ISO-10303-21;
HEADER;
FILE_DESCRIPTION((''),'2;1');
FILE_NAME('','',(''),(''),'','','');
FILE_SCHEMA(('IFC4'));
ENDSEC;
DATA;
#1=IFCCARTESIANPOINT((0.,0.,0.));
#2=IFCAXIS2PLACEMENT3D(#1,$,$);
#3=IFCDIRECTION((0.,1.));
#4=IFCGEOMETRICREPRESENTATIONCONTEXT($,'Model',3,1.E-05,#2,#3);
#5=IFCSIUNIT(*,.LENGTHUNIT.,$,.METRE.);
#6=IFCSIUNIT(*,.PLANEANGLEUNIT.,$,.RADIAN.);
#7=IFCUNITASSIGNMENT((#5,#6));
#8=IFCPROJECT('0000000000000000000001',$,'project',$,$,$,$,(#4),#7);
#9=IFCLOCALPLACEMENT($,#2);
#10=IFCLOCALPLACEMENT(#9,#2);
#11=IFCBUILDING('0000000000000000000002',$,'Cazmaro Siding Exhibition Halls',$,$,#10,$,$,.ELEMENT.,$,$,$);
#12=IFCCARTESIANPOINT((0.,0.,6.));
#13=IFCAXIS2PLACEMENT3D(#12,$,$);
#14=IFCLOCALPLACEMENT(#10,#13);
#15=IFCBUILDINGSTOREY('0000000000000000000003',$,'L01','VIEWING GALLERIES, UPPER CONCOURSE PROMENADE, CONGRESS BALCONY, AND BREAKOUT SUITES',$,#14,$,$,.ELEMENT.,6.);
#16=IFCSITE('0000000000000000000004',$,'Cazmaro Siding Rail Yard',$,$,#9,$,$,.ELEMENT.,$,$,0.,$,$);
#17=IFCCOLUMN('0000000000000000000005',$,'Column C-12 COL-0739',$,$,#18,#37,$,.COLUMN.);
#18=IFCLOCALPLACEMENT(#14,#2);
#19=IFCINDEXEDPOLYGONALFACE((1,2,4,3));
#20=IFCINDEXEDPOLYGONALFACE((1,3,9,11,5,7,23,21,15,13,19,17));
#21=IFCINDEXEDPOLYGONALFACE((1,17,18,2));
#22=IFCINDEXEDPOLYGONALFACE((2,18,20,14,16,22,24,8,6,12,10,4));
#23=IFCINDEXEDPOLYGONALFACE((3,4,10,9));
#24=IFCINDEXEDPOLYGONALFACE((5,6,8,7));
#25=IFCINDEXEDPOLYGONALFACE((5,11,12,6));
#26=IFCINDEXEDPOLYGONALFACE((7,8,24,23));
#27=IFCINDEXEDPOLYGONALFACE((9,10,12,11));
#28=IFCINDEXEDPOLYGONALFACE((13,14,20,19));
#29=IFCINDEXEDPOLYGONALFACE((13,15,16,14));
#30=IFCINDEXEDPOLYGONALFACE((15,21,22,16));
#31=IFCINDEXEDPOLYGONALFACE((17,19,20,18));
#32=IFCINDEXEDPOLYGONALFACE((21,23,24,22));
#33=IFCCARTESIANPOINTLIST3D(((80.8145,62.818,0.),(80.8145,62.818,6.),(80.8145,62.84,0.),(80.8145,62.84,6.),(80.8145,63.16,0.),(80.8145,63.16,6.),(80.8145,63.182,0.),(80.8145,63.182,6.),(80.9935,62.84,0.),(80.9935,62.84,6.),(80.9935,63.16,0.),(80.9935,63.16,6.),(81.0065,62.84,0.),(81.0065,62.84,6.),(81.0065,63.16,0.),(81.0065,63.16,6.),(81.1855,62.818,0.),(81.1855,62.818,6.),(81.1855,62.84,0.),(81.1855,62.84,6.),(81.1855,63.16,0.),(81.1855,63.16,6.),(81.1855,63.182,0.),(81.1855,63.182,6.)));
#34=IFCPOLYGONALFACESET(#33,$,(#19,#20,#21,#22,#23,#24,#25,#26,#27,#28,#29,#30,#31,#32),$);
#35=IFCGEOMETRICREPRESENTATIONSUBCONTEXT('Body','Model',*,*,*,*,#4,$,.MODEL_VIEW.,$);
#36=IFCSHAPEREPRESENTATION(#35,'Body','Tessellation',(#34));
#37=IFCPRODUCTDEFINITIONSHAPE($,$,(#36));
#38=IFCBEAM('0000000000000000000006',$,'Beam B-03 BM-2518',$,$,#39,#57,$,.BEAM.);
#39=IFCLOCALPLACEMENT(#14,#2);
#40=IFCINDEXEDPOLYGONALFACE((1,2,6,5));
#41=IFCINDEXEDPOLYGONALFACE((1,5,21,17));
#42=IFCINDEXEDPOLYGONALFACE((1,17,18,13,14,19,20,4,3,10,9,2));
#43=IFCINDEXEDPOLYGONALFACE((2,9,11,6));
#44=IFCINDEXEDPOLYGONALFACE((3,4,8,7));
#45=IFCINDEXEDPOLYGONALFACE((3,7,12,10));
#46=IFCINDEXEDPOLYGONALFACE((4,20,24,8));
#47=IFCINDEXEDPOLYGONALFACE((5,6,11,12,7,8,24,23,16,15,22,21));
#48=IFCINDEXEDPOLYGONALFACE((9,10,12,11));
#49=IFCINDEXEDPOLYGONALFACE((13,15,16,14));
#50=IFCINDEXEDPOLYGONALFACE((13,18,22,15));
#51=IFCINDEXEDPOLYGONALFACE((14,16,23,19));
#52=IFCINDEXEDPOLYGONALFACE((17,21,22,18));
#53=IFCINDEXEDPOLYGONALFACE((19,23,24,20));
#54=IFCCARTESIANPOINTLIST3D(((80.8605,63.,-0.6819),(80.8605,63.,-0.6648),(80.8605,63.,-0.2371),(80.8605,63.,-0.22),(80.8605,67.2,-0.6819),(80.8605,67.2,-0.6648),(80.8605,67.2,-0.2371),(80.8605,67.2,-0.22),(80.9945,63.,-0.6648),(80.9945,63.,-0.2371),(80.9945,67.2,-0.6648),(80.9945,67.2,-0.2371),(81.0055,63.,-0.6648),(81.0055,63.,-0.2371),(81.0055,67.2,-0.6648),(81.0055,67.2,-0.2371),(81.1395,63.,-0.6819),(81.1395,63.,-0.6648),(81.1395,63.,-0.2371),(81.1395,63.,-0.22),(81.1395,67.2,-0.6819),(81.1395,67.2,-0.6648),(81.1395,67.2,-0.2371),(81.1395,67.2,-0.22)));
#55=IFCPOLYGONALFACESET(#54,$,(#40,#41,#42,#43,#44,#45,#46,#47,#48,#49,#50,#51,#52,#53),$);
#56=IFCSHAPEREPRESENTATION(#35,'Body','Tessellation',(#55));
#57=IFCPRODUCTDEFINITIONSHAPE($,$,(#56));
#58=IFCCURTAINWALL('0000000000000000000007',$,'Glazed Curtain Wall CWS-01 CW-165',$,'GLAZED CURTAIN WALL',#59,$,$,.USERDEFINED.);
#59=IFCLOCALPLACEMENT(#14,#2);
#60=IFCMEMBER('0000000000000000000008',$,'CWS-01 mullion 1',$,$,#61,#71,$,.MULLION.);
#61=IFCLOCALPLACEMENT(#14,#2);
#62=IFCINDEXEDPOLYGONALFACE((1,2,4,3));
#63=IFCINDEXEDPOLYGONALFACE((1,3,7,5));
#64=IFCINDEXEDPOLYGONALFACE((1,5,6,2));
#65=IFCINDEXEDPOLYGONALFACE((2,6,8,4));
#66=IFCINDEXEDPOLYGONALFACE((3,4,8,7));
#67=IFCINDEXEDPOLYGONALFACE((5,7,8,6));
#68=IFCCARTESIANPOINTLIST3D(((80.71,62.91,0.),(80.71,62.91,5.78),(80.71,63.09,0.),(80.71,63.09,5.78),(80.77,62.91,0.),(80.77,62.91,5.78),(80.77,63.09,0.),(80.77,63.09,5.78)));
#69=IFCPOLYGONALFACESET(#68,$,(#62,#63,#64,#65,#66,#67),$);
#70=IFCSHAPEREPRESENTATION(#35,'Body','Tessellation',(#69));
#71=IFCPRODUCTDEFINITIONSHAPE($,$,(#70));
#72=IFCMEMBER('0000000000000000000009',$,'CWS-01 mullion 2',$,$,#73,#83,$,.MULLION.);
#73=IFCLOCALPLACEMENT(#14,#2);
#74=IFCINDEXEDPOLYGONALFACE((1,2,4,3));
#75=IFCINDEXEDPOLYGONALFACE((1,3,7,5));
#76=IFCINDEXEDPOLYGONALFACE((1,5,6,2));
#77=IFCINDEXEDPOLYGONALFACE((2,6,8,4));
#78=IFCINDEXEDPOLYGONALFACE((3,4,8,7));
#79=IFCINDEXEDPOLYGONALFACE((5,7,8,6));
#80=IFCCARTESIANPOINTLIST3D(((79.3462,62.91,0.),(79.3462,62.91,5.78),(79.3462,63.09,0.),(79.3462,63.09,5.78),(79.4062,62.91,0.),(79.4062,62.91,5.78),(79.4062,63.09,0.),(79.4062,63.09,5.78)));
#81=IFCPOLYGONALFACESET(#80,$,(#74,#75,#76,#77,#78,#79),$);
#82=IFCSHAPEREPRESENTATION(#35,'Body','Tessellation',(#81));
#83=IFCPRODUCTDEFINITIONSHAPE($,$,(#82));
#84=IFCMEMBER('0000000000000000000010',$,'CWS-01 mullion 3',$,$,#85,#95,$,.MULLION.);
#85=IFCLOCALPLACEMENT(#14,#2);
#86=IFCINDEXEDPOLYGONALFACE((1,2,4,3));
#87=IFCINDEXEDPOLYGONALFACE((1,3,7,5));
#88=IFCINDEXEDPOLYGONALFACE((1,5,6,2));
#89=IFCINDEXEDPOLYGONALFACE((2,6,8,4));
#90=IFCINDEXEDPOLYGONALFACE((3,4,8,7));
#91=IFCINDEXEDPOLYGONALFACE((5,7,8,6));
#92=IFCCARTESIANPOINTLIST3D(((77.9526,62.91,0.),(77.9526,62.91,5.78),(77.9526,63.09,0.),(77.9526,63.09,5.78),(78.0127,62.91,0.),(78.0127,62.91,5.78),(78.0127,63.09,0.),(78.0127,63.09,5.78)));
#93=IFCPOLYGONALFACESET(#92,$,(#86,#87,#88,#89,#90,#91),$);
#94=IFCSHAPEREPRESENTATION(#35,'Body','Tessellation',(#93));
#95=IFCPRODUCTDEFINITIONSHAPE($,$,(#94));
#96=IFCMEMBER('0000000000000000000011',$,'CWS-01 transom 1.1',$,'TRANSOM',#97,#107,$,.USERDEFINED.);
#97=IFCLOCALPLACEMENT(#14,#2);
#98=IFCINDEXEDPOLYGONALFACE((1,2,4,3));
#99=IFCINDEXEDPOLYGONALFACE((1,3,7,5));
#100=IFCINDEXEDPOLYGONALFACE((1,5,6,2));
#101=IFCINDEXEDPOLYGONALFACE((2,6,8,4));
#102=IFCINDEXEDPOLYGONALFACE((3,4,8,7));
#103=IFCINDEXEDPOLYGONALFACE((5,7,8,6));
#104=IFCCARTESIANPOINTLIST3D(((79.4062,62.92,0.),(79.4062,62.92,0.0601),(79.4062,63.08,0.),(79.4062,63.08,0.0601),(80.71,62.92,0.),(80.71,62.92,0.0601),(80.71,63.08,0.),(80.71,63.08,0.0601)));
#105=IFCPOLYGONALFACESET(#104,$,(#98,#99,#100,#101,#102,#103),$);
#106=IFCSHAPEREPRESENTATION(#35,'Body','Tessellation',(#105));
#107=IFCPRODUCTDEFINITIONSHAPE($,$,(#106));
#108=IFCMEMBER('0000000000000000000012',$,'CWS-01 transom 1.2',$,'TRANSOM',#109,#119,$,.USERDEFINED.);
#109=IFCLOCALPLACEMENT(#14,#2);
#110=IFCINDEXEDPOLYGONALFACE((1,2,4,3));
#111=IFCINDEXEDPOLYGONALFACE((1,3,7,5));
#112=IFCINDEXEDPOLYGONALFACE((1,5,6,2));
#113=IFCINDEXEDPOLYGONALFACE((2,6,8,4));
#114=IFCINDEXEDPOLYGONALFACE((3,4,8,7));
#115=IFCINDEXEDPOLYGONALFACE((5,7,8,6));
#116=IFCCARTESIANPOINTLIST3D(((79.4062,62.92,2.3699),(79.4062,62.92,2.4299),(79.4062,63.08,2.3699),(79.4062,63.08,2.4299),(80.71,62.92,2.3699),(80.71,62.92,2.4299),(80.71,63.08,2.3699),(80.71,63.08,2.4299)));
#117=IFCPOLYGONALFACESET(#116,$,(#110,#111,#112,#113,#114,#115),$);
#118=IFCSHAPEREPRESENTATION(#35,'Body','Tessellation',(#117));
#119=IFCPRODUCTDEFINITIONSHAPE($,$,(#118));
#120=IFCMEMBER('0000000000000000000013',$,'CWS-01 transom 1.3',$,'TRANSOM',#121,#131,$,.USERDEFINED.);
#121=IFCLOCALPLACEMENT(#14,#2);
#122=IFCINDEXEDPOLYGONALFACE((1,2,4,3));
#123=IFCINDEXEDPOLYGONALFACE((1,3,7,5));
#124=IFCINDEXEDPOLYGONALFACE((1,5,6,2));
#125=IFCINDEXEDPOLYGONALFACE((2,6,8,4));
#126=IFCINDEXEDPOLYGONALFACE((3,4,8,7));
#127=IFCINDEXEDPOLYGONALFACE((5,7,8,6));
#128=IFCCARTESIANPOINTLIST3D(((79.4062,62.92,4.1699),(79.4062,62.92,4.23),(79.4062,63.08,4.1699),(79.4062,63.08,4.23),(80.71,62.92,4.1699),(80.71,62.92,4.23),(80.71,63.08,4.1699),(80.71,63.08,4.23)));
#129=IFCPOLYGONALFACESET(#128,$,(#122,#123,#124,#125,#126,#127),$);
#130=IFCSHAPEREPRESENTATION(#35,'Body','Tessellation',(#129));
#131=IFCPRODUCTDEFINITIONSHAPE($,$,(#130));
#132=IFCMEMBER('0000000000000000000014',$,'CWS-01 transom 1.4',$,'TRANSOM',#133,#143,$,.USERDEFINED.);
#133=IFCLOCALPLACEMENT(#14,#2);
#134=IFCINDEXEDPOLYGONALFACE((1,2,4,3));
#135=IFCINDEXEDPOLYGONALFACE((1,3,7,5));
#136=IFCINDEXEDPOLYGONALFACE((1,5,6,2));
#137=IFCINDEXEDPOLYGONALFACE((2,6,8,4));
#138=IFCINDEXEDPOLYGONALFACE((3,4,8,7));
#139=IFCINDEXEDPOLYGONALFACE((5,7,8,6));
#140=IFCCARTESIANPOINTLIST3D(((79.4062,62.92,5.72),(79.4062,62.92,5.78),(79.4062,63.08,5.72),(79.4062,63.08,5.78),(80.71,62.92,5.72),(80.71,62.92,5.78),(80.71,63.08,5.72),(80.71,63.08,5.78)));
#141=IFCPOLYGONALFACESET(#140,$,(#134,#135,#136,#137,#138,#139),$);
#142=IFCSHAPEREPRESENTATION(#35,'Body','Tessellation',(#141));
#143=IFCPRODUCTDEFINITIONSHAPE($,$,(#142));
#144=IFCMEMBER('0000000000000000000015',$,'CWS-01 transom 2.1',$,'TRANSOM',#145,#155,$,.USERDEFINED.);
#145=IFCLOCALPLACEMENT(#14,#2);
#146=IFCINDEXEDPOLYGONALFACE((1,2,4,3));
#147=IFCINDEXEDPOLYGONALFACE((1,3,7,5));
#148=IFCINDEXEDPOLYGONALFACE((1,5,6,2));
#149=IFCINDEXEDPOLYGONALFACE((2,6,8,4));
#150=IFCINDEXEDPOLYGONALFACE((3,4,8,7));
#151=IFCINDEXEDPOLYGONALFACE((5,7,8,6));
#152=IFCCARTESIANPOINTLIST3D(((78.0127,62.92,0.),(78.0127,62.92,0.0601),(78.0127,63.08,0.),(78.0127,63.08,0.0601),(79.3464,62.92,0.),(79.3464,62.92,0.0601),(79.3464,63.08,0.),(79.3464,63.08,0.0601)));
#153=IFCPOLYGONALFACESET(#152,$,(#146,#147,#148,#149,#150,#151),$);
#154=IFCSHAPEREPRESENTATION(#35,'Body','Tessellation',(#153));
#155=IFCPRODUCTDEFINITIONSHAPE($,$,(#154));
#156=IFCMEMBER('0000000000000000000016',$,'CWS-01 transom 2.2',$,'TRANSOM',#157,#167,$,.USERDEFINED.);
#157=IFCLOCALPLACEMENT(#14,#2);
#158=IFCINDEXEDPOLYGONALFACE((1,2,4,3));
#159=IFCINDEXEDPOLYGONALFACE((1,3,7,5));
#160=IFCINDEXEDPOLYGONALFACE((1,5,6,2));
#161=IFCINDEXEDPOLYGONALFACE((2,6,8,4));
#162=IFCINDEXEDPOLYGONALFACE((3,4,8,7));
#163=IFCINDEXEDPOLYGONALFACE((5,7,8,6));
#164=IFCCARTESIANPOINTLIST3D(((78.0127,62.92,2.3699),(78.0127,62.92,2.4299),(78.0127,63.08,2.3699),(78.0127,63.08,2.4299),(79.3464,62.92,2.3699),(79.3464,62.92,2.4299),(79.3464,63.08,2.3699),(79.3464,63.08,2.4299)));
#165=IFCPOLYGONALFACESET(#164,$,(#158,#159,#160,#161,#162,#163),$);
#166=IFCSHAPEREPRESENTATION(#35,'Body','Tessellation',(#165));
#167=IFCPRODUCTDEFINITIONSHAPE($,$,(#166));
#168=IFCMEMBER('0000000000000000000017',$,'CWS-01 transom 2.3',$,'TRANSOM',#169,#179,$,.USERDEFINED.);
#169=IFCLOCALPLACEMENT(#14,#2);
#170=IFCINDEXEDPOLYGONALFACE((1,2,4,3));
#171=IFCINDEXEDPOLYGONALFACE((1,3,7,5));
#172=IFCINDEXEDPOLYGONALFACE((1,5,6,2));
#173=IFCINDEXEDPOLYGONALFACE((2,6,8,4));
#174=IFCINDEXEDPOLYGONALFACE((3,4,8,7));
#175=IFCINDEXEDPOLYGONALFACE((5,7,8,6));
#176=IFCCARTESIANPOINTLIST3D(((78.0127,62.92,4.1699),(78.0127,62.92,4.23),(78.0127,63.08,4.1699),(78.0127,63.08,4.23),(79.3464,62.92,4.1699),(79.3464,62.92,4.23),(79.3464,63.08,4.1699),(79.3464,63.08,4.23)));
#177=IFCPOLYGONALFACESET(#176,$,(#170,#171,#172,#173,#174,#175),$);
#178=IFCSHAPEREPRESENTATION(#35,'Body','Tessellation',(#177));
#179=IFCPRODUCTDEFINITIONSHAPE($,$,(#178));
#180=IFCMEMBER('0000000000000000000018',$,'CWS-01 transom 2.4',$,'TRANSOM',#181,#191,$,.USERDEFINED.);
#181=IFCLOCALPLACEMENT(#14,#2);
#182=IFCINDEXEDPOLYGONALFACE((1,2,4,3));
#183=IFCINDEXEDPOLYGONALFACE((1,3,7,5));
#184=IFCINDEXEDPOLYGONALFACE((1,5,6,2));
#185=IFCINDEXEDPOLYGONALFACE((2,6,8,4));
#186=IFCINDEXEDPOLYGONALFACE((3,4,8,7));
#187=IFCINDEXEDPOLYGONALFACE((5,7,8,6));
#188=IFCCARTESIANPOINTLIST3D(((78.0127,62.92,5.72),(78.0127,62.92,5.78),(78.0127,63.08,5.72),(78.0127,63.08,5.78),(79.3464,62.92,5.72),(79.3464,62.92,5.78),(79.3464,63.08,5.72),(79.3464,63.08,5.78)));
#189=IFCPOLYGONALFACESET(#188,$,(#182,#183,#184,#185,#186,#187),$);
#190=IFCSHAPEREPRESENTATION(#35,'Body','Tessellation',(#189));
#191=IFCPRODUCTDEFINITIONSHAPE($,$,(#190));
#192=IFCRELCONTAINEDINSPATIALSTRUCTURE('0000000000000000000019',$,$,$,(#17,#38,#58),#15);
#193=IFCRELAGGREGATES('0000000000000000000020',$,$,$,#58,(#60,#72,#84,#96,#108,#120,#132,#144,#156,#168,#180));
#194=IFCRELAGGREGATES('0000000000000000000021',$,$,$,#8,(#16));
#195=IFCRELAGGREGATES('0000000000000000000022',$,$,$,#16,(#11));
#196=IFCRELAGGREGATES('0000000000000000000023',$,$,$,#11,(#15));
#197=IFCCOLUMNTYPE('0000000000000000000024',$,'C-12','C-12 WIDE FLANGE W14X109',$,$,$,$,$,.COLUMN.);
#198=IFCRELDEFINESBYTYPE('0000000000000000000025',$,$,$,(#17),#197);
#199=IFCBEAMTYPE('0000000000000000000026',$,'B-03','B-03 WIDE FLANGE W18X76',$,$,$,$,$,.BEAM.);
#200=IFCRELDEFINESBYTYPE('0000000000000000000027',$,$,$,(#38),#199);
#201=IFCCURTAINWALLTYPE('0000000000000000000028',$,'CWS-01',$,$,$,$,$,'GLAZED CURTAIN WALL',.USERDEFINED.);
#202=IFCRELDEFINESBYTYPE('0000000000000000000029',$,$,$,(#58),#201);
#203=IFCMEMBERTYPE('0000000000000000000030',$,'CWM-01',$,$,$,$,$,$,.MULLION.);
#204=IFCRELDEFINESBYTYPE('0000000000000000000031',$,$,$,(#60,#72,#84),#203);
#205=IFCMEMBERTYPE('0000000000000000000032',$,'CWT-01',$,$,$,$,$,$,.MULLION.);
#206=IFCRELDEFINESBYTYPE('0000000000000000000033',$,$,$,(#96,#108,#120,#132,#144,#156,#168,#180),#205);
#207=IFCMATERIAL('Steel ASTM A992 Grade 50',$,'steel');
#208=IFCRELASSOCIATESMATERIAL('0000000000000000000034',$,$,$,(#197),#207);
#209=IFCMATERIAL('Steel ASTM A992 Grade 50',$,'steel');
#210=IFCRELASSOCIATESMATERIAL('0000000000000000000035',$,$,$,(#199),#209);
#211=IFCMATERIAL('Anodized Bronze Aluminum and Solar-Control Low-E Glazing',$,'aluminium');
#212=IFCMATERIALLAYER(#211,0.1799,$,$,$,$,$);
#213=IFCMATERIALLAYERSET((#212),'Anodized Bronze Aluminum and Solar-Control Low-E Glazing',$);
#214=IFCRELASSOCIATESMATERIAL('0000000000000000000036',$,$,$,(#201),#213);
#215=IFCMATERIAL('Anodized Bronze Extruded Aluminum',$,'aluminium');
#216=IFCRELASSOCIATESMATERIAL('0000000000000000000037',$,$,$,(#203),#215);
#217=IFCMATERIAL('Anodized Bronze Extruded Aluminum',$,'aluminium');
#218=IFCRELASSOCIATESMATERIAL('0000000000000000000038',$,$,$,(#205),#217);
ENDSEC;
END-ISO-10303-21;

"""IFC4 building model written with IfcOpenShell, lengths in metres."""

from ifc_helpers import new_model, si_unit, direction, frame, origin, origin_2d, place, context, subcontext, project, spatial, rectangle, i_section, extrude, material, layer, layer_set, material_profile, profile_set, type_object, element, aggregate, save


model = new_model("IFC4")

# Units and contexts
model_context = context("Model", 3, precision=1e-05, world=origin(), true_north=direction((0.0, 1.0)))
body_context = subcontext(model_context, "Body", "Model", "MODEL_VIEW")
ifc_project = project(units=[si_unit("LENGTHUNIT", "METRE"), si_unit("PLANEANGLEUNIT", "RADIAN")], contexts=[model_context])

# Site, building, storey
site_placement = place(None, origin())
site = spatial("IfcSite", under=ifc_project, at=site_placement, Name="Cazmaro Siding Rail Yard", CompositionType="ELEMENT", RefElevation=0.0)
building_placement = place(site_placement, origin())
building = spatial("IfcBuilding", under=site, at=building_placement, Name="Cazmaro Siding Exhibition Halls", CompositionType="ELEMENT")
storey_placement = place(building_placement, frame((0.0, 0.0, 6.0)))
storey = spatial("IfcBuildingStorey", under=building, at=storey_placement, Name="L01", Description="VIEWING GALLERIES, UPPER CONCOURSE PROMENADE, CONGRESS BALCONY, AND BREAKOUT SUITES", CompositionType="ELEMENT", Elevation=6.0)

# Column
ifc_material_1 = material(Name="Steel ASTM A992 Grade 50", Category="steel")
ifc_material_profile_1 = material_profile(ifc_material_1, i_section(OverallWidth=0.3711, OverallDepth=0.364, WebThickness=0.0129, FlangeThickness=0.022, at=origin_2d()), Name="W14X109")
ifc_profile_set_1 = profile_set([ifc_material_profile_1], Name="Steel ASTM A992 Grade 50")
column_type = type_object("IfcColumnType", Name="C-12", Description="C-12 WIDE FLANGE W14X109", PredefinedType="COLUMN", material=ifc_profile_set_1)
column_placement = place(storey_placement, frame((81.0, 63.0, 0.0), z_axis=(0.0, 0.0, 1.0), x_axis=(1.0, 0.0, 0.0)))
element("IfcColumn", 1, at=column_placement, inside=storey, type_object=column_type, Name="Column C-12 COL-0739", PredefinedType="COLUMN", context=body_context, shape_type="SweptSolid", body=[
    extrude(i_section(OverallWidth=0.3711, OverallDepth=0.364, WebThickness=0.0129, FlangeThickness=0.022, at=origin_2d()), origin(), (0.0, 0.0, 1.0), 6.0),
])

# Beam
ifc_material_2 = material(Name="Steel ASTM A992 Grade 50", Category="steel")
ifc_material_profile_2 = material_profile(ifc_material_2, i_section(OverallWidth=0.2791, OverallDepth=0.4619, WebThickness=0.011, FlangeThickness=0.0171, at=origin_2d()), Name="W18X76")
ifc_profile_set_2 = profile_set([ifc_material_profile_2], Name="Steel ASTM A992 Grade 50")
beam_type_1 = type_object("IfcBeamType", Name="B-03", Description="B-03 WIDE FLANGE W18X76", PredefinedType="BEAM", material=ifc_profile_set_2)
beam_1_placement = place(storey_placement, frame((81.0, 63.0, -0.4509), z_axis=(0.0, 1.0, 0.0), x_axis=(-1.0, 0.0, 0.0)))
element("IfcBeam", 2, at=beam_1_placement, inside=storey, type_object=beam_type_1, Name="Beam B-03 BM-2518", PredefinedType="BEAM", context=body_context, shape_type="SweptSolid", body=[
    extrude(i_section(OverallWidth=0.2791, OverallDepth=0.4619, WebThickness=0.011, FlangeThickness=0.0171, at=origin_2d()), origin(), (0.0, 0.0, 1.0), 4.2),
])

# Curtain wall, members
ifc_material_3 = material(Name="Anodized Bronze Aluminum and Solar-Control Low-E Glazing", Category="aluminium")
ifc_layer_1 = layer(ifc_material_3, 0.1799)
ifc_layer_set_1 = layer_set([ifc_layer_1], Name="Anodized Bronze Aluminum and Solar-Control Low-E Glazing")
curtain_wall_type = type_object("IfcCurtainWallType", Name="CWS-01", ElementType="GLAZED CURTAIN WALL", PredefinedType="USERDEFINED", material=ifc_layer_set_1)
curtain_wall_placement = place(storey_placement, origin())
curtain_wall = element("IfcCurtainWall", 3, at=curtain_wall_placement, inside=storey, type_object=curtain_wall_type, Name="Glazed Curtain Wall CWS-01 CW-165", ObjectType="GLAZED CURTAIN WALL", PredefinedType="USERDEFINED")
ifc_material_4 = material(Name="Anodized Bronze Extruded Aluminum", Category="aluminium")
ifc_material_profile_3 = material_profile(ifc_material_4, rectangle(XDim=0.1799, YDim=0.0601, at=origin_2d()), Name="CWM-01")
ifc_profile_set_3 = profile_set([ifc_material_profile_3], Name="Anodized Bronze Extruded Aluminum")
member_type_1 = type_object("IfcMemberType", Name="CWM-01", PredefinedType="MULLION", material=ifc_profile_set_3)
member_1_placement = place(storey_placement, frame((80.74, 63.0, 0.0), z_axis=(0.0, 0.0, 1.0), x_axis=(0.0, -1.0, 0.0)))
member_1 = element("IfcMember", 4, at=member_1_placement, type_object=member_type_1, Name="CWS-01 mullion 1", PredefinedType="MULLION", context=body_context, shape_type="SweptSolid", body=[
    extrude(rectangle(XDim=0.1799, YDim=0.0601, at=origin_2d()), origin(), (0.0, 0.0, 1.0), 5.78),
])
member_2_placement = place(storey_placement, frame((79.3762, 63.0, 0.0), z_axis=(0.0, 0.0, 1.0), x_axis=(0.0, -1.0, 0.0)))
member_2 = element("IfcMember", 5, at=member_2_placement, type_object=member_type_1, Name="CWS-01 mullion 2", PredefinedType="MULLION", context=body_context, shape_type="SweptSolid", body=[
    extrude(rectangle(XDim=0.1799, YDim=0.0601, at=origin_2d()), origin(), (0.0, 0.0, 1.0), 5.78),
])
member_3_placement = place(storey_placement, frame((77.9827, 63.0, 0.0), z_axis=(0.0, 0.0, 1.0), x_axis=(0.0, -1.0, 0.0)))
member_3 = element("IfcMember", 6, at=member_3_placement, type_object=member_type_1, Name="CWS-01 mullion 3", PredefinedType="MULLION", context=body_context, shape_type="SweptSolid", body=[
    extrude(rectangle(XDim=0.1799, YDim=0.0601, at=origin_2d()), origin(), (0.0, 0.0, 1.0), 5.78),
])
ifc_material_5 = material(Name="Anodized Bronze Extruded Aluminum", Category="aluminium")
ifc_material_profile_4 = material_profile(ifc_material_5, rectangle(XDim=0.1599, YDim=0.0601, at=origin_2d()), Name="CWT-01")
ifc_profile_set_4 = profile_set([ifc_material_profile_4], Name="Anodized Bronze Extruded Aluminum")
member_type_2 = type_object("IfcMemberType", Name="CWT-01", PredefinedType="MULLION", material=ifc_profile_set_4)
member_4_placement = place(storey_placement, frame((80.71, 63.0, 0.03), z_axis=(-1.0, 0.0, 0.0), x_axis=(0.0, -1.0, 0.0)))
member_4 = element("IfcMember", 7, at=member_4_placement, type_object=member_type_2, Name="CWS-01 transom 1.1", ObjectType="TRANSOM", PredefinedType="USERDEFINED", context=body_context, shape_type="SweptSolid", body=[
    extrude(rectangle(XDim=0.1599, YDim=0.0601, at=origin_2d()), origin(), (0.0, 0.0, 1.0), 1.3037),
])
member_5_placement = place(storey_placement, frame((80.71, 63.0, 2.3999), z_axis=(-1.0, 0.0, 0.0), x_axis=(0.0, -1.0, 0.0)))
member_5 = element("IfcMember", 8, at=member_5_placement, type_object=member_type_2, Name="CWS-01 transom 1.2", ObjectType="TRANSOM", PredefinedType="USERDEFINED", context=body_context, shape_type="SweptSolid", body=[
    extrude(rectangle(XDim=0.1599, YDim=0.0601, at=origin_2d()), origin(), (0.0, 0.0, 1.0), 1.3037),
])
member_6_placement = place(storey_placement, frame((80.71, 63.0, 4.2), z_axis=(-1.0, 0.0, 0.0), x_axis=(0.0, -1.0, 0.0)))
member_6 = element("IfcMember", 9, at=member_6_placement, type_object=member_type_2, Name="CWS-01 transom 1.3", ObjectType="TRANSOM", PredefinedType="USERDEFINED", context=body_context, shape_type="SweptSolid", body=[
    extrude(rectangle(XDim=0.1599, YDim=0.0601, at=origin_2d()), origin(), (0.0, 0.0, 1.0), 1.3037),
])
member_7_placement = place(storey_placement, frame((80.71, 63.0, 5.75), z_axis=(-1.0, 0.0, 0.0), x_axis=(0.0, -1.0, 0.0)))
member_7 = element("IfcMember", 10, at=member_7_placement, type_object=member_type_2, Name="CWS-01 transom 1.4", ObjectType="TRANSOM", PredefinedType="USERDEFINED", context=body_context, shape_type="SweptSolid", body=[
    extrude(rectangle(XDim=0.1599, YDim=0.0601, at=origin_2d()), origin(), (0.0, 0.0, 1.0), 1.3037),
])
member_8_placement = place(storey_placement, frame((79.3464, 63.0, 0.03), z_axis=(-1.0, 0.0, 0.0), x_axis=(0.0, -1.0, 0.0)))
member_8 = element("IfcMember", 11, at=member_8_placement, type_object=member_type_2, Name="CWS-01 transom 2.1", ObjectType="TRANSOM", PredefinedType="USERDEFINED", context=body_context, shape_type="SweptSolid", body=[
    extrude(rectangle(XDim=0.1599, YDim=0.0601, at=origin_2d()), origin(), (0.0, 0.0, 1.0), 1.3337),
])
member_9_placement = place(storey_placement, frame((79.3464, 63.0, 2.3999), z_axis=(-1.0, 0.0, 0.0), x_axis=(0.0, -1.0, 0.0)))
member_9 = element("IfcMember", 12, at=member_9_placement, type_object=member_type_2, Name="CWS-01 transom 2.2", ObjectType="TRANSOM", PredefinedType="USERDEFINED", context=body_context, shape_type="SweptSolid", body=[
    extrude(rectangle(XDim=0.1599, YDim=0.0601, at=origin_2d()), origin(), (0.0, 0.0, 1.0), 1.3337),
])
member_10_placement = place(storey_placement, frame((79.3464, 63.0, 4.2), z_axis=(-1.0, 0.0, 0.0), x_axis=(0.0, -1.0, 0.0)))
member_10 = element("IfcMember", 13, at=member_10_placement, type_object=member_type_2, Name="CWS-01 transom 2.3", ObjectType="TRANSOM", PredefinedType="USERDEFINED", context=body_context, shape_type="SweptSolid", body=[
    extrude(rectangle(XDim=0.1599, YDim=0.0601, at=origin_2d()), origin(), (0.0, 0.0, 1.0), 1.3337),
])
member_11_placement = place(storey_placement, frame((79.3464, 63.0, 5.75), z_axis=(-1.0, 0.0, 0.0), x_axis=(0.0, -1.0, 0.0)))
member_11 = element("IfcMember", 14, at=member_11_placement, type_object=member_type_2, Name="CWS-01 transom 2.4", ObjectType="TRANSOM", PredefinedType="USERDEFINED", context=body_context, shape_type="SweptSolid", body=[
    extrude(rectangle(XDim=0.1599, YDim=0.0601, at=origin_2d()), origin(), (0.0, 0.0, 1.0), 1.3337),
])

aggregate(curtain_wall, [member_1, member_2, member_3, member_4, member_5, member_6, member_7, member_8, member_9, member_10, member_11])

save(model, "model.ifc")
